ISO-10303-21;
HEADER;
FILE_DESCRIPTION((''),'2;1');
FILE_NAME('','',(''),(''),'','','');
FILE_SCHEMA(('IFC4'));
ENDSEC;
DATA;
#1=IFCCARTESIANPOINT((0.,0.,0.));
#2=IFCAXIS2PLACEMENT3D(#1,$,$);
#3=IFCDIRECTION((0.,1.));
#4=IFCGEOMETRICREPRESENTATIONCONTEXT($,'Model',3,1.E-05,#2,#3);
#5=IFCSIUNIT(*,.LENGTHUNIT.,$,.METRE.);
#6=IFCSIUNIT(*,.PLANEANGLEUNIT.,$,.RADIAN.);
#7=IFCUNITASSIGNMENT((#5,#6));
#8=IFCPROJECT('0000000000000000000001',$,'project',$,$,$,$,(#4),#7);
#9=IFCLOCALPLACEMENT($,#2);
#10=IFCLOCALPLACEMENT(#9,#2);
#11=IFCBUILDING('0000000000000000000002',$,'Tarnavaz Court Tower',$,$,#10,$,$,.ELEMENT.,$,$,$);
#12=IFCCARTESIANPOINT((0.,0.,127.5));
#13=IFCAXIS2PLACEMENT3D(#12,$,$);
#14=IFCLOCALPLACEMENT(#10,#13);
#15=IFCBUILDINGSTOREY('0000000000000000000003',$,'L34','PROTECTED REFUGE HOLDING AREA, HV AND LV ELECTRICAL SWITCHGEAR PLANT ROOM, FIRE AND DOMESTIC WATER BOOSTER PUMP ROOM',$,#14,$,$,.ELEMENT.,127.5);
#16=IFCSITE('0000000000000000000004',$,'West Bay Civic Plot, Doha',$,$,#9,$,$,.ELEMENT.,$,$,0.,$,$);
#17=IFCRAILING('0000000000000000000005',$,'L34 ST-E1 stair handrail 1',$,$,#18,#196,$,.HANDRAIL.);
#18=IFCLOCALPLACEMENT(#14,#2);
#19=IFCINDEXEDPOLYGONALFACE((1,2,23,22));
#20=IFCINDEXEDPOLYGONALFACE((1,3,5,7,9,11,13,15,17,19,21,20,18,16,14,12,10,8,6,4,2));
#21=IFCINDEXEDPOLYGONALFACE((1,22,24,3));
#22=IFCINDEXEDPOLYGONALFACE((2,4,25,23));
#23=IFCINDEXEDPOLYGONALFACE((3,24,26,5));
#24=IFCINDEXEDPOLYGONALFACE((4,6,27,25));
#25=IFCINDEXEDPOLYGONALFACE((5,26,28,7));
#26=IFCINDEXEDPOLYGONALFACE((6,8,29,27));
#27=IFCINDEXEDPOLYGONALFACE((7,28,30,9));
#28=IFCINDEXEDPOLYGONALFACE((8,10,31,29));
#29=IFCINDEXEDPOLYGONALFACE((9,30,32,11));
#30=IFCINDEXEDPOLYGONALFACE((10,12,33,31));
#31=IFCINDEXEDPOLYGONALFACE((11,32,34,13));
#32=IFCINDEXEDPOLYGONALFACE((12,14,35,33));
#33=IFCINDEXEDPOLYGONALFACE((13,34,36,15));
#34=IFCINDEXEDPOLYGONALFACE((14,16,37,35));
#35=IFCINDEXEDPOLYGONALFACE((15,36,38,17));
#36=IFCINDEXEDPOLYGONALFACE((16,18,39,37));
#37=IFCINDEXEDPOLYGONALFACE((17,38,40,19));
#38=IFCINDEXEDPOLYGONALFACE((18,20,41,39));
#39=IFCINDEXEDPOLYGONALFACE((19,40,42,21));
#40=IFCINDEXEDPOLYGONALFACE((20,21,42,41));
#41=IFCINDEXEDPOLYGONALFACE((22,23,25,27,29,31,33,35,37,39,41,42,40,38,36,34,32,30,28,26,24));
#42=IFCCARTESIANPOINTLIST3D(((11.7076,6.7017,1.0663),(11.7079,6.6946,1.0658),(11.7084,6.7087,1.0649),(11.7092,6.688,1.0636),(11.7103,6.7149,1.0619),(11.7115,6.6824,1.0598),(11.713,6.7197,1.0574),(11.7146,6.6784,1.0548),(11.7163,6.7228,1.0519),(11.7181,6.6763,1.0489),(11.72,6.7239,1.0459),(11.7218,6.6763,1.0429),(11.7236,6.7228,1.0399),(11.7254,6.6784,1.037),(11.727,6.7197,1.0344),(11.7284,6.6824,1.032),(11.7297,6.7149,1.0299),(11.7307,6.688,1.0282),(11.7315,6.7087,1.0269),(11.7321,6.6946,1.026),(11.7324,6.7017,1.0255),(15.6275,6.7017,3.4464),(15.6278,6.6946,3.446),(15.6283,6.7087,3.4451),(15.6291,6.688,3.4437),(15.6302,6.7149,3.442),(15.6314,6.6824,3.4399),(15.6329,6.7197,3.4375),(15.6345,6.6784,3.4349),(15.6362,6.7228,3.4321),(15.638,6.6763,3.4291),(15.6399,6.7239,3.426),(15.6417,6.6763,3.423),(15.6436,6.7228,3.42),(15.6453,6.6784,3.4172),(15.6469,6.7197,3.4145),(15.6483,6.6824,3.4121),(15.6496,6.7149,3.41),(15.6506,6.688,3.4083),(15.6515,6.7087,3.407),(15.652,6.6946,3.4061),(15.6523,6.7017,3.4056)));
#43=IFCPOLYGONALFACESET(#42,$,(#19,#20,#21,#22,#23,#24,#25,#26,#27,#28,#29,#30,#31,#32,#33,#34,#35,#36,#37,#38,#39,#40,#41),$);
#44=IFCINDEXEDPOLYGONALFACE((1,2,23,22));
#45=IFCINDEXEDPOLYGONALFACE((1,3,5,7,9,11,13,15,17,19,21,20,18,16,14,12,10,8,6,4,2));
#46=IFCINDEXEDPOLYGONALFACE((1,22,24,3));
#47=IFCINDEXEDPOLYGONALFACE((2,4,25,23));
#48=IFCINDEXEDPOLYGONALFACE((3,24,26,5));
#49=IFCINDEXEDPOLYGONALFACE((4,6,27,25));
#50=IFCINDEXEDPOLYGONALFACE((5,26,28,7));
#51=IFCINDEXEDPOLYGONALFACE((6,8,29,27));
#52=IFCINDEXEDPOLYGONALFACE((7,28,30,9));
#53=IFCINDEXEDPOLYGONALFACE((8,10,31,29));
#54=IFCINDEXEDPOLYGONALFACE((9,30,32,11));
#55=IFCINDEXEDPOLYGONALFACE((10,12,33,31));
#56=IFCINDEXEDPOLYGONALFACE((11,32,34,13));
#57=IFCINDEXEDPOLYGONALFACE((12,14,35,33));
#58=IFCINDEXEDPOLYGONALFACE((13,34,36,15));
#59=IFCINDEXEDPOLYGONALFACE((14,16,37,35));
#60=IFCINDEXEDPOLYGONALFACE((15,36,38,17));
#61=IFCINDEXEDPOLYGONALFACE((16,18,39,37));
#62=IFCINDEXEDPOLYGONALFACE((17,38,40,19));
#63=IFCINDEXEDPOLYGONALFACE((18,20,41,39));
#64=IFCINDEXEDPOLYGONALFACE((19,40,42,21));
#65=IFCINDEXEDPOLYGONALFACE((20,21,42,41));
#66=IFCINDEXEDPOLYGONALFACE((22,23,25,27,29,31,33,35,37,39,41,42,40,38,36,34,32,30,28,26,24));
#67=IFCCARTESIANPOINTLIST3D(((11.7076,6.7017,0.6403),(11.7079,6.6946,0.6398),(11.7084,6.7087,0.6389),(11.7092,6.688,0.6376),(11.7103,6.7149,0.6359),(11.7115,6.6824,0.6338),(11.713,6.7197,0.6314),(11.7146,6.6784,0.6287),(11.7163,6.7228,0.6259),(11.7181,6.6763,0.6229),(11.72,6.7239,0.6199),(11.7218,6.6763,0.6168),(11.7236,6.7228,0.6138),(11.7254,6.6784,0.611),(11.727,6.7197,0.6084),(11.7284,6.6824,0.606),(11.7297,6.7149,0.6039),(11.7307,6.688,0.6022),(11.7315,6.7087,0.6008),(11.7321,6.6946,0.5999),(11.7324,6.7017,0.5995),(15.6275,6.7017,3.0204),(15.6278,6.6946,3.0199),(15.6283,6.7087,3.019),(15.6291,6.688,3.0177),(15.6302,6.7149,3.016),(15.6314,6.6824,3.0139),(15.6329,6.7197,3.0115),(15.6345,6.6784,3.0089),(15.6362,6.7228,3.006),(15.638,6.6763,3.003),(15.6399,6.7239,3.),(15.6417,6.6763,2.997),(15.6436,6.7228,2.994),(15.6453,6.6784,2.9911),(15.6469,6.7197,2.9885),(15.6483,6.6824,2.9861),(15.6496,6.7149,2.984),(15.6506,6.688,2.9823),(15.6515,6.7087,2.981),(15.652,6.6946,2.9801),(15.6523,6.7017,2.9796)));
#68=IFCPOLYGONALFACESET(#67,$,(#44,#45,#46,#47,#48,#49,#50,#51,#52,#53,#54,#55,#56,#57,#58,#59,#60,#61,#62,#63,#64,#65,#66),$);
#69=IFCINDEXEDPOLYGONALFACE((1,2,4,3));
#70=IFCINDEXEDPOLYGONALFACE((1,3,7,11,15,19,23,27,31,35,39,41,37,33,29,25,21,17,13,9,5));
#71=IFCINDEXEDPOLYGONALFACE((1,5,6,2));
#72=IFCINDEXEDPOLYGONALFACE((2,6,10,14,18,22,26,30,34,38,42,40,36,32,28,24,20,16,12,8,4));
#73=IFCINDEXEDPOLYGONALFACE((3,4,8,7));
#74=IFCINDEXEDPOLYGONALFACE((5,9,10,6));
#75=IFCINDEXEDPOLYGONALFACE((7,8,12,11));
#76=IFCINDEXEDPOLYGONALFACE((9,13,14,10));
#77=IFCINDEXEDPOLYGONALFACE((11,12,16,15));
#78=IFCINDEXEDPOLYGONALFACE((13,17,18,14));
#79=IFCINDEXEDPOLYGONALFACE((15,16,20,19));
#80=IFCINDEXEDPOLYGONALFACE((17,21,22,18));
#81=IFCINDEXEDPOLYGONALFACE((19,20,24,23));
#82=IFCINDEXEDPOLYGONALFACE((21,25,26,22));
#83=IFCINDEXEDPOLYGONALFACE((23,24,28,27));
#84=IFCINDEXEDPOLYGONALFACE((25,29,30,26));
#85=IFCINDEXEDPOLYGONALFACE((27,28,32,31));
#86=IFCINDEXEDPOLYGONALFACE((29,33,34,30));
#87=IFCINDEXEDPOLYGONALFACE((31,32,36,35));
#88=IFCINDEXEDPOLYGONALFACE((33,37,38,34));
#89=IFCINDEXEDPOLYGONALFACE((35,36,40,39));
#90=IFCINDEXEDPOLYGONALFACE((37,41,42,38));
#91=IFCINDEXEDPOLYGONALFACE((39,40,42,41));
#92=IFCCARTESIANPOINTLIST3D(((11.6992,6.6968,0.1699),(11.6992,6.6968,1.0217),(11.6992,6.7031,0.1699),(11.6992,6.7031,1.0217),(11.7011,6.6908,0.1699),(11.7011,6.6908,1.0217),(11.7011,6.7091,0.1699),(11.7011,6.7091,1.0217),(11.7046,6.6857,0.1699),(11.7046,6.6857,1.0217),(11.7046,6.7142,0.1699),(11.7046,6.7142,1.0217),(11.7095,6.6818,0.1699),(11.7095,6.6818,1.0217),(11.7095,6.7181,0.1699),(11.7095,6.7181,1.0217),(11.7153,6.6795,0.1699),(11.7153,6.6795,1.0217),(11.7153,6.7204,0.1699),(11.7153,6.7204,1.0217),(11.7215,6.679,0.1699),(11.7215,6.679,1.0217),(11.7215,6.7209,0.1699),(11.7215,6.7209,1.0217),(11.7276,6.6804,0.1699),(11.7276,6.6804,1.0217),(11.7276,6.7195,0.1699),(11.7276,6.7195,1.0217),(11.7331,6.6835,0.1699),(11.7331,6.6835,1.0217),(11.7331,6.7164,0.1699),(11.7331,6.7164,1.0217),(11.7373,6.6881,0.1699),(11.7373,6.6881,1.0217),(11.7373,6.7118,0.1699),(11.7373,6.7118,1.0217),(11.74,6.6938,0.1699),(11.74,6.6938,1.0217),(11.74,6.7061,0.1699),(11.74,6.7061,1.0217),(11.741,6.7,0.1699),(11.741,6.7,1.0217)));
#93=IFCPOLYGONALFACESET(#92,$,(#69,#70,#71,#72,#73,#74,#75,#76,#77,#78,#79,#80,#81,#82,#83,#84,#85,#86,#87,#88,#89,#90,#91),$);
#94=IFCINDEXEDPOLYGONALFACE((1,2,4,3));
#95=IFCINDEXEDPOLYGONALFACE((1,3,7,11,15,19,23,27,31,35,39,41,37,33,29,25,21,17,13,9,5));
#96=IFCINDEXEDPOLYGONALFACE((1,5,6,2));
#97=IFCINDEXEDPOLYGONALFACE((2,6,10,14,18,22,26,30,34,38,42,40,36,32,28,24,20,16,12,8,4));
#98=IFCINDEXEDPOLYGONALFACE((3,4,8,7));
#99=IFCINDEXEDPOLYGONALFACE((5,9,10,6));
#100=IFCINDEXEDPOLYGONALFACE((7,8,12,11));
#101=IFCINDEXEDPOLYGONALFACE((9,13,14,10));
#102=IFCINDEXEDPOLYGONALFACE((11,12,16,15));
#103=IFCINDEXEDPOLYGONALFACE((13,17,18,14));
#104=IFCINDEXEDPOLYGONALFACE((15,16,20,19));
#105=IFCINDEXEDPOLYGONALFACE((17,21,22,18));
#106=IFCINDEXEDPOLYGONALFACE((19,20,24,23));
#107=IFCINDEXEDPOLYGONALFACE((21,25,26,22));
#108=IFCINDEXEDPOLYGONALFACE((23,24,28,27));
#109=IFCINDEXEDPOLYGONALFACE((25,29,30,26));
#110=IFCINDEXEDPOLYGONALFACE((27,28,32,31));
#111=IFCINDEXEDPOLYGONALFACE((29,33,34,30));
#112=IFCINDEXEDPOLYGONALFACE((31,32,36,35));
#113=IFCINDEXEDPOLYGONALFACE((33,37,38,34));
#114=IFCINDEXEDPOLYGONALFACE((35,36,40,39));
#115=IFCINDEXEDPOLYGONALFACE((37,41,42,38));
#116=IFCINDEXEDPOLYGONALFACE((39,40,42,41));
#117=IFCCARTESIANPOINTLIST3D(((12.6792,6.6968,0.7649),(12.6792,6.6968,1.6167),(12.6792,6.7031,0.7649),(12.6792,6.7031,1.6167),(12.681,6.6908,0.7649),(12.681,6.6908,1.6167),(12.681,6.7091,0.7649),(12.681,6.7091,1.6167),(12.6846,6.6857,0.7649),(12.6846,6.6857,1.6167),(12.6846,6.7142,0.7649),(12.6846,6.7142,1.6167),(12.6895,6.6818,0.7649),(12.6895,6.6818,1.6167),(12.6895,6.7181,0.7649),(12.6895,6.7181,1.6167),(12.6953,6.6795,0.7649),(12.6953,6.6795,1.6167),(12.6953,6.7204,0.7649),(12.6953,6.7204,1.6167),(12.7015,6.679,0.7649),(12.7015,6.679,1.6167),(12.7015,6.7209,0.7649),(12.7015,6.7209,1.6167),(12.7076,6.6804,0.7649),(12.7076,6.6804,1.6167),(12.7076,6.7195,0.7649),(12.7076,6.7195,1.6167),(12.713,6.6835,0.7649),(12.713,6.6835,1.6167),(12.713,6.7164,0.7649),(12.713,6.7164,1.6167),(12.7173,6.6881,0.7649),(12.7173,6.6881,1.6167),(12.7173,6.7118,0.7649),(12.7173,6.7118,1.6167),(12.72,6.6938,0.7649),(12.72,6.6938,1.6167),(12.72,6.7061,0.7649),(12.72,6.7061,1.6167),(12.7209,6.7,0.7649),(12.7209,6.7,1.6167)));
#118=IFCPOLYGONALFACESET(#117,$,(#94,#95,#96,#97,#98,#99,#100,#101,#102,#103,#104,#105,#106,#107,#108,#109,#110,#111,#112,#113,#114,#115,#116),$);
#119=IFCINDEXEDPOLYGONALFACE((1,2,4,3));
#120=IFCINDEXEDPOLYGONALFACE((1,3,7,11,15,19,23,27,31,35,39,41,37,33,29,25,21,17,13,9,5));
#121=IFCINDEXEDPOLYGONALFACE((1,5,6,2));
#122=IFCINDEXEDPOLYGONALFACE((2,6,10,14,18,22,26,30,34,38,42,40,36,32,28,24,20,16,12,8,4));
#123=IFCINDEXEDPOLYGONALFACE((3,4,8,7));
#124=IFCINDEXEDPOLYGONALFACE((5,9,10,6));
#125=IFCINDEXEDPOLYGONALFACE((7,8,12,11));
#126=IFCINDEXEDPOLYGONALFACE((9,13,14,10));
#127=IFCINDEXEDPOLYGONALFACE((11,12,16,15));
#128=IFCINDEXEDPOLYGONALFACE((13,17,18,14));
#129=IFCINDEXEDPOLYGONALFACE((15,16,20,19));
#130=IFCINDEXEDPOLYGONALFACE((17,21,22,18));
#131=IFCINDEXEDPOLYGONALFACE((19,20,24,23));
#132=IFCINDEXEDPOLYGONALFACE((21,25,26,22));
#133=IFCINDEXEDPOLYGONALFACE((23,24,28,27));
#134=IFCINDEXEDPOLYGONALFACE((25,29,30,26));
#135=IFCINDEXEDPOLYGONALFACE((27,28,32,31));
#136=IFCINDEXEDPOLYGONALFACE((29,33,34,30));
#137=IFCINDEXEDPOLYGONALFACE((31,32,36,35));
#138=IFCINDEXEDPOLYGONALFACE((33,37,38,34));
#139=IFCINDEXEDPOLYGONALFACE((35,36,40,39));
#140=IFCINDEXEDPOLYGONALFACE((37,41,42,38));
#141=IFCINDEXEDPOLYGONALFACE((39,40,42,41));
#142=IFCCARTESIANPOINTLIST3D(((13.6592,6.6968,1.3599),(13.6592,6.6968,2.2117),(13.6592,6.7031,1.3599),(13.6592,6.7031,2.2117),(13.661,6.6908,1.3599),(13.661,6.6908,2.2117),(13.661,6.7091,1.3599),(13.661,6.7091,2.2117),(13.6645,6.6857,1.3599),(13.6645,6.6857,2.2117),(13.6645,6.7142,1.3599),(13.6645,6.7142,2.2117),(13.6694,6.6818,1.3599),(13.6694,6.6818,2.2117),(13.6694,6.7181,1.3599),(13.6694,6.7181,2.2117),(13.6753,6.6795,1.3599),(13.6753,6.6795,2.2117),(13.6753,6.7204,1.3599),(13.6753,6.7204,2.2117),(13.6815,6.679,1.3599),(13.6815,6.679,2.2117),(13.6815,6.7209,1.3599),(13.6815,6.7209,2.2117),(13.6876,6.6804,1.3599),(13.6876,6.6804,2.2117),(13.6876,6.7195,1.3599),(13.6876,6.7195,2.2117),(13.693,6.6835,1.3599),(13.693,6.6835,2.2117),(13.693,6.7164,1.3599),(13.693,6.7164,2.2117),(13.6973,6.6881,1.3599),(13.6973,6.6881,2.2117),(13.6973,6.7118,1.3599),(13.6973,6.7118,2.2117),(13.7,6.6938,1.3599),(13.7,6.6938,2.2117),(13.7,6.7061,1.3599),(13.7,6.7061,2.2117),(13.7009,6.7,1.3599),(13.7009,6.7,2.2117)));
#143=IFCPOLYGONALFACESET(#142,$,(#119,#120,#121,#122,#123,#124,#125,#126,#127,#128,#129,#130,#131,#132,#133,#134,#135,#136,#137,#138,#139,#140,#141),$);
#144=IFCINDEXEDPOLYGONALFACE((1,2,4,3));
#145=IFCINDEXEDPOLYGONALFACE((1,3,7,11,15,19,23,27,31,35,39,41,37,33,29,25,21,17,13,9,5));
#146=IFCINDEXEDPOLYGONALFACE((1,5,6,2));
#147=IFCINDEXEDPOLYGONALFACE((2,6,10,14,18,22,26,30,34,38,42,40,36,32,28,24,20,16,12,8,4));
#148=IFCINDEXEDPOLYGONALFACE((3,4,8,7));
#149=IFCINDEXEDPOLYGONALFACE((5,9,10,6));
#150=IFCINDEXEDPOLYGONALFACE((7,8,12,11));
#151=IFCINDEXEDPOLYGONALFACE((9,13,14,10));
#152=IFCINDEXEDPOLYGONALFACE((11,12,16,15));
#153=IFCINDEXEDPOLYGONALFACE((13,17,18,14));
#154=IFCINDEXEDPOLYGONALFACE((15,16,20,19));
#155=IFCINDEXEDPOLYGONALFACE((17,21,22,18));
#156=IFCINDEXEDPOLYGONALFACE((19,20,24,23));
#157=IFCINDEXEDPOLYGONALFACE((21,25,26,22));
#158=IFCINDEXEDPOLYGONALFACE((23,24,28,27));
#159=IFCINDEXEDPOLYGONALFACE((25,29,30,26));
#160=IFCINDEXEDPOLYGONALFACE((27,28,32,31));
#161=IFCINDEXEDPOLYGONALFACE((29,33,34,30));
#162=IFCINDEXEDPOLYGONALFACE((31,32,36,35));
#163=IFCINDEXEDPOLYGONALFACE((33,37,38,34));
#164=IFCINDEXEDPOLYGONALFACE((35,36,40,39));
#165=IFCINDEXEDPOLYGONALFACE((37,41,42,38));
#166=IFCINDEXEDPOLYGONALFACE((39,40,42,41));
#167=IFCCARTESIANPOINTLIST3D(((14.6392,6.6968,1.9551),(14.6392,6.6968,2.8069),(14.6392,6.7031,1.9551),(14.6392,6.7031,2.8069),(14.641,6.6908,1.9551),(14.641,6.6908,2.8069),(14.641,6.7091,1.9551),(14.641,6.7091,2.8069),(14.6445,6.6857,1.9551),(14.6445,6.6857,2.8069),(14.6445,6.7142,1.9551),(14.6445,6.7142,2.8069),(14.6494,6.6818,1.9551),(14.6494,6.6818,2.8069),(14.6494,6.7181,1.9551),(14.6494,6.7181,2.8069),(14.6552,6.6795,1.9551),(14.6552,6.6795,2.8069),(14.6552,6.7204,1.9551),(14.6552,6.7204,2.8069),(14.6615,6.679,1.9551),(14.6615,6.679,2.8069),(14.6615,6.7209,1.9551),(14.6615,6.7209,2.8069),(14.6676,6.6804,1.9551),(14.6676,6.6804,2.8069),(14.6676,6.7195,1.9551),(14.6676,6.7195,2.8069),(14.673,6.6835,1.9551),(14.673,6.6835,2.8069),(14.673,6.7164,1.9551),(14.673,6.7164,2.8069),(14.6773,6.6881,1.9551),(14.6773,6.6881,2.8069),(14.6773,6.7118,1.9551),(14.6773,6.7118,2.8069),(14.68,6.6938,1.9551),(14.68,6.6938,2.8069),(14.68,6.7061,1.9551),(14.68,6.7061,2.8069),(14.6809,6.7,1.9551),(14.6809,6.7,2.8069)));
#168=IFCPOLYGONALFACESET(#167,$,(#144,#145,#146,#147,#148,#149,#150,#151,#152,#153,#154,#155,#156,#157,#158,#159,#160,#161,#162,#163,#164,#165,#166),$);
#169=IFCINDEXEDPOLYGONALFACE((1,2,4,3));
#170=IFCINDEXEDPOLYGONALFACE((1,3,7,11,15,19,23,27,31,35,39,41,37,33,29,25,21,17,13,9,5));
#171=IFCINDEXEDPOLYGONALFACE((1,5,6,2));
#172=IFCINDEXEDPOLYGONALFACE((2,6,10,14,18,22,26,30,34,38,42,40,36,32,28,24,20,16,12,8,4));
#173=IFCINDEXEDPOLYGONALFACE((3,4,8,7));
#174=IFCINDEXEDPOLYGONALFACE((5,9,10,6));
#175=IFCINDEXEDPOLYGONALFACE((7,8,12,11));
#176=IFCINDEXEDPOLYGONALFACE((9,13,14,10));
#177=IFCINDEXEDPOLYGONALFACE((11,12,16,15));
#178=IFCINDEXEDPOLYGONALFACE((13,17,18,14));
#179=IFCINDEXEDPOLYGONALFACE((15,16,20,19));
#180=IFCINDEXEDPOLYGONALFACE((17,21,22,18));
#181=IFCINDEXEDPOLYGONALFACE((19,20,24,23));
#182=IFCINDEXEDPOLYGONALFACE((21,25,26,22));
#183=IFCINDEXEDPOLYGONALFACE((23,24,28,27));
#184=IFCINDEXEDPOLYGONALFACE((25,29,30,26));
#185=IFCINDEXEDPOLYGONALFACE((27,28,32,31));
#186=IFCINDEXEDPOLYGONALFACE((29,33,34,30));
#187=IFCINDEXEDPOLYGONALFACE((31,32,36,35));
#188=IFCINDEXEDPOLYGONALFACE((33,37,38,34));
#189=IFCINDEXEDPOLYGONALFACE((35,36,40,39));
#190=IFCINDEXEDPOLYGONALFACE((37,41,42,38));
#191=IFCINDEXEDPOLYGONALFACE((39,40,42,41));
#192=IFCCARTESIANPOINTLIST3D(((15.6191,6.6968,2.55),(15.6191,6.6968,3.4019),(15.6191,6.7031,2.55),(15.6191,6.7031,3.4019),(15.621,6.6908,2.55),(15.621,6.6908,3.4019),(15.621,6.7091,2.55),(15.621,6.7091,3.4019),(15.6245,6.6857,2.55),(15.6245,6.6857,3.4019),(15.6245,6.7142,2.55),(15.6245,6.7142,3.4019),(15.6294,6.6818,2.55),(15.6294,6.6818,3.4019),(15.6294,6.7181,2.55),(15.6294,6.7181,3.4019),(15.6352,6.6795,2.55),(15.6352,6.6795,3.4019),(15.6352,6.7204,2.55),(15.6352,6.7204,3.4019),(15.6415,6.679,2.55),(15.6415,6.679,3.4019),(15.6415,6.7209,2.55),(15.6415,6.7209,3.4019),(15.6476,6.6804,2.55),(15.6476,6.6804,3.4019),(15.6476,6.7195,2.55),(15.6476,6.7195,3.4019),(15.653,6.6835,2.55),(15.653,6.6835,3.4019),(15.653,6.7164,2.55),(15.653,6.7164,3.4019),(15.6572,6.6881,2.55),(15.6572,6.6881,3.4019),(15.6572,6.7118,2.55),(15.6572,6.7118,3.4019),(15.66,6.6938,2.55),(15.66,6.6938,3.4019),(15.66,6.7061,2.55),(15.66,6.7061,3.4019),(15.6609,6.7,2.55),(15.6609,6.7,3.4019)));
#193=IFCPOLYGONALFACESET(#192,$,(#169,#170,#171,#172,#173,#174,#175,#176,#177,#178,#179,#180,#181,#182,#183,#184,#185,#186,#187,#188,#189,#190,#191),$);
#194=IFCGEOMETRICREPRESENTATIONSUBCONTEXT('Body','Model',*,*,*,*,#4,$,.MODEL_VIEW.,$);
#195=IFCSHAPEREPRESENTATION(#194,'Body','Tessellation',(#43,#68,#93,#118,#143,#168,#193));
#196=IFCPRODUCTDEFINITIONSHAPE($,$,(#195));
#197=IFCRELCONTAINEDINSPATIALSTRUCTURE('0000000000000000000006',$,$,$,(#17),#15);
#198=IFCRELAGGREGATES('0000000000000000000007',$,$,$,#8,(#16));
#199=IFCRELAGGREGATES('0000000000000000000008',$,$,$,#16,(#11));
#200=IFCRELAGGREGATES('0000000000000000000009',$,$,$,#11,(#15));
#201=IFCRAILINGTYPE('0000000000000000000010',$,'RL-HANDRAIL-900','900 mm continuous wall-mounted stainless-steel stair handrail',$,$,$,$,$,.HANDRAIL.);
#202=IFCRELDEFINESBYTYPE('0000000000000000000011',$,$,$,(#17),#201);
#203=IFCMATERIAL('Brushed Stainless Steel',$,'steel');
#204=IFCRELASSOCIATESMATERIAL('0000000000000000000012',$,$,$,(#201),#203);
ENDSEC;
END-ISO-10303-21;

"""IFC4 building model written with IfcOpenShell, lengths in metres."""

from ifc_helpers import new_model, si_unit, direction, frame, origin, origin_2d, place, context, subcontext, project, spatial, circle, extrude, material, type_object, element, save


model = new_model("IFC4")

# Units and contexts
model_context = context("Model", 3, precision=1e-05, world=origin(), true_north=direction((0.0, 1.0)))
body_context = subcontext(model_context, "Body", "Model", "MODEL_VIEW")
ifc_project = project(units=[si_unit("LENGTHUNIT", "METRE"), si_unit("PLANEANGLEUNIT", "RADIAN")], contexts=[model_context])

# Site, building, storey
site_placement = place(None, origin())
site = spatial("IfcSite", under=ifc_project, at=site_placement, Name="West Bay Civic Plot, Doha", CompositionType="ELEMENT", RefElevation=0.0)
building_placement = place(site_placement, origin())
building = spatial("IfcBuilding", under=site, at=building_placement, Name="Tarnavaz Court Tower", CompositionType="ELEMENT")
storey_placement = place(building_placement, frame((0.0, 0.0, 127.5)))
storey = spatial("IfcBuildingStorey", under=building, at=storey_placement, Name="L34", Description="PROTECTED REFUGE HOLDING AREA, HV AND LV ELECTRICAL SWITCHGEAR PLANT ROOM, FIRE AND DOMESTIC WATER BOOSTER PUMP ROOM", CompositionType="ELEMENT", Elevation=127.5)

# Railing
ifc_material_1 = material(Name="Brushed Stainless Steel", Category="steel")
railing_type_1 = type_object("IfcRailingType", Name="RL-HANDRAIL-900", Description="900 mm continuous wall-mounted stainless-steel stair handrail", PredefinedType="HANDRAIL", material=ifc_material_1)
for number, where, name in (
    (1, (11.72, 6.7, 0.1699), "L34 ST-E1 stair handrail 1"),
):
    element("IfcRailing", number, at=place(storey_placement, frame(where)), inside=storey, type_object=railing_type_1, Name=name, PredefinedType="HANDRAIL", context=body_context, shape_type="SweptSolid", body=[
        extrude(circle(Radius=0.0239, at=origin_2d()), frame((0.0, 0.0, 0.876), z_axis=(0.854771, 0.0, 0.519006), x_axis=(0.0, 1.0, 0.0)), (0.0, 0.0, 1.0), 4.5859),
        extrude(circle(Radius=0.0239, at=origin_2d()), frame((0.0, 0.0, 0.45), z_axis=(0.854771, 0.0, 0.519006), x_axis=(0.0, 1.0, 0.0)), (0.0, 0.0, 1.0), 4.5859),
        extrude(circle(Radius=0.021, at=origin_2d()), origin(), (0.0, 0.0, 1.0), 0.8518),
        extrude(circle(Radius=0.021, at=origin_2d()), frame((0.98, 0.0, 0.595)), (0.0, 0.0, 1.0), 0.8518),
        extrude(circle(Radius=0.021, at=origin_2d()), frame((1.96, 0.0, 1.1899)), (0.0, 0.0, 1.0), 0.8518),
        extrude(circle(Radius=0.021, at=origin_2d()), frame((2.9399, 0.0, 1.7852)), (0.0, 0.0, 1.0), 0.8518),
        extrude(circle(Radius=0.021, at=origin_2d()), frame((3.9199, 0.0, 2.3801)), (0.0, 0.0, 1.0), 0.8518),
    ])

save(model, "model.ifc")
